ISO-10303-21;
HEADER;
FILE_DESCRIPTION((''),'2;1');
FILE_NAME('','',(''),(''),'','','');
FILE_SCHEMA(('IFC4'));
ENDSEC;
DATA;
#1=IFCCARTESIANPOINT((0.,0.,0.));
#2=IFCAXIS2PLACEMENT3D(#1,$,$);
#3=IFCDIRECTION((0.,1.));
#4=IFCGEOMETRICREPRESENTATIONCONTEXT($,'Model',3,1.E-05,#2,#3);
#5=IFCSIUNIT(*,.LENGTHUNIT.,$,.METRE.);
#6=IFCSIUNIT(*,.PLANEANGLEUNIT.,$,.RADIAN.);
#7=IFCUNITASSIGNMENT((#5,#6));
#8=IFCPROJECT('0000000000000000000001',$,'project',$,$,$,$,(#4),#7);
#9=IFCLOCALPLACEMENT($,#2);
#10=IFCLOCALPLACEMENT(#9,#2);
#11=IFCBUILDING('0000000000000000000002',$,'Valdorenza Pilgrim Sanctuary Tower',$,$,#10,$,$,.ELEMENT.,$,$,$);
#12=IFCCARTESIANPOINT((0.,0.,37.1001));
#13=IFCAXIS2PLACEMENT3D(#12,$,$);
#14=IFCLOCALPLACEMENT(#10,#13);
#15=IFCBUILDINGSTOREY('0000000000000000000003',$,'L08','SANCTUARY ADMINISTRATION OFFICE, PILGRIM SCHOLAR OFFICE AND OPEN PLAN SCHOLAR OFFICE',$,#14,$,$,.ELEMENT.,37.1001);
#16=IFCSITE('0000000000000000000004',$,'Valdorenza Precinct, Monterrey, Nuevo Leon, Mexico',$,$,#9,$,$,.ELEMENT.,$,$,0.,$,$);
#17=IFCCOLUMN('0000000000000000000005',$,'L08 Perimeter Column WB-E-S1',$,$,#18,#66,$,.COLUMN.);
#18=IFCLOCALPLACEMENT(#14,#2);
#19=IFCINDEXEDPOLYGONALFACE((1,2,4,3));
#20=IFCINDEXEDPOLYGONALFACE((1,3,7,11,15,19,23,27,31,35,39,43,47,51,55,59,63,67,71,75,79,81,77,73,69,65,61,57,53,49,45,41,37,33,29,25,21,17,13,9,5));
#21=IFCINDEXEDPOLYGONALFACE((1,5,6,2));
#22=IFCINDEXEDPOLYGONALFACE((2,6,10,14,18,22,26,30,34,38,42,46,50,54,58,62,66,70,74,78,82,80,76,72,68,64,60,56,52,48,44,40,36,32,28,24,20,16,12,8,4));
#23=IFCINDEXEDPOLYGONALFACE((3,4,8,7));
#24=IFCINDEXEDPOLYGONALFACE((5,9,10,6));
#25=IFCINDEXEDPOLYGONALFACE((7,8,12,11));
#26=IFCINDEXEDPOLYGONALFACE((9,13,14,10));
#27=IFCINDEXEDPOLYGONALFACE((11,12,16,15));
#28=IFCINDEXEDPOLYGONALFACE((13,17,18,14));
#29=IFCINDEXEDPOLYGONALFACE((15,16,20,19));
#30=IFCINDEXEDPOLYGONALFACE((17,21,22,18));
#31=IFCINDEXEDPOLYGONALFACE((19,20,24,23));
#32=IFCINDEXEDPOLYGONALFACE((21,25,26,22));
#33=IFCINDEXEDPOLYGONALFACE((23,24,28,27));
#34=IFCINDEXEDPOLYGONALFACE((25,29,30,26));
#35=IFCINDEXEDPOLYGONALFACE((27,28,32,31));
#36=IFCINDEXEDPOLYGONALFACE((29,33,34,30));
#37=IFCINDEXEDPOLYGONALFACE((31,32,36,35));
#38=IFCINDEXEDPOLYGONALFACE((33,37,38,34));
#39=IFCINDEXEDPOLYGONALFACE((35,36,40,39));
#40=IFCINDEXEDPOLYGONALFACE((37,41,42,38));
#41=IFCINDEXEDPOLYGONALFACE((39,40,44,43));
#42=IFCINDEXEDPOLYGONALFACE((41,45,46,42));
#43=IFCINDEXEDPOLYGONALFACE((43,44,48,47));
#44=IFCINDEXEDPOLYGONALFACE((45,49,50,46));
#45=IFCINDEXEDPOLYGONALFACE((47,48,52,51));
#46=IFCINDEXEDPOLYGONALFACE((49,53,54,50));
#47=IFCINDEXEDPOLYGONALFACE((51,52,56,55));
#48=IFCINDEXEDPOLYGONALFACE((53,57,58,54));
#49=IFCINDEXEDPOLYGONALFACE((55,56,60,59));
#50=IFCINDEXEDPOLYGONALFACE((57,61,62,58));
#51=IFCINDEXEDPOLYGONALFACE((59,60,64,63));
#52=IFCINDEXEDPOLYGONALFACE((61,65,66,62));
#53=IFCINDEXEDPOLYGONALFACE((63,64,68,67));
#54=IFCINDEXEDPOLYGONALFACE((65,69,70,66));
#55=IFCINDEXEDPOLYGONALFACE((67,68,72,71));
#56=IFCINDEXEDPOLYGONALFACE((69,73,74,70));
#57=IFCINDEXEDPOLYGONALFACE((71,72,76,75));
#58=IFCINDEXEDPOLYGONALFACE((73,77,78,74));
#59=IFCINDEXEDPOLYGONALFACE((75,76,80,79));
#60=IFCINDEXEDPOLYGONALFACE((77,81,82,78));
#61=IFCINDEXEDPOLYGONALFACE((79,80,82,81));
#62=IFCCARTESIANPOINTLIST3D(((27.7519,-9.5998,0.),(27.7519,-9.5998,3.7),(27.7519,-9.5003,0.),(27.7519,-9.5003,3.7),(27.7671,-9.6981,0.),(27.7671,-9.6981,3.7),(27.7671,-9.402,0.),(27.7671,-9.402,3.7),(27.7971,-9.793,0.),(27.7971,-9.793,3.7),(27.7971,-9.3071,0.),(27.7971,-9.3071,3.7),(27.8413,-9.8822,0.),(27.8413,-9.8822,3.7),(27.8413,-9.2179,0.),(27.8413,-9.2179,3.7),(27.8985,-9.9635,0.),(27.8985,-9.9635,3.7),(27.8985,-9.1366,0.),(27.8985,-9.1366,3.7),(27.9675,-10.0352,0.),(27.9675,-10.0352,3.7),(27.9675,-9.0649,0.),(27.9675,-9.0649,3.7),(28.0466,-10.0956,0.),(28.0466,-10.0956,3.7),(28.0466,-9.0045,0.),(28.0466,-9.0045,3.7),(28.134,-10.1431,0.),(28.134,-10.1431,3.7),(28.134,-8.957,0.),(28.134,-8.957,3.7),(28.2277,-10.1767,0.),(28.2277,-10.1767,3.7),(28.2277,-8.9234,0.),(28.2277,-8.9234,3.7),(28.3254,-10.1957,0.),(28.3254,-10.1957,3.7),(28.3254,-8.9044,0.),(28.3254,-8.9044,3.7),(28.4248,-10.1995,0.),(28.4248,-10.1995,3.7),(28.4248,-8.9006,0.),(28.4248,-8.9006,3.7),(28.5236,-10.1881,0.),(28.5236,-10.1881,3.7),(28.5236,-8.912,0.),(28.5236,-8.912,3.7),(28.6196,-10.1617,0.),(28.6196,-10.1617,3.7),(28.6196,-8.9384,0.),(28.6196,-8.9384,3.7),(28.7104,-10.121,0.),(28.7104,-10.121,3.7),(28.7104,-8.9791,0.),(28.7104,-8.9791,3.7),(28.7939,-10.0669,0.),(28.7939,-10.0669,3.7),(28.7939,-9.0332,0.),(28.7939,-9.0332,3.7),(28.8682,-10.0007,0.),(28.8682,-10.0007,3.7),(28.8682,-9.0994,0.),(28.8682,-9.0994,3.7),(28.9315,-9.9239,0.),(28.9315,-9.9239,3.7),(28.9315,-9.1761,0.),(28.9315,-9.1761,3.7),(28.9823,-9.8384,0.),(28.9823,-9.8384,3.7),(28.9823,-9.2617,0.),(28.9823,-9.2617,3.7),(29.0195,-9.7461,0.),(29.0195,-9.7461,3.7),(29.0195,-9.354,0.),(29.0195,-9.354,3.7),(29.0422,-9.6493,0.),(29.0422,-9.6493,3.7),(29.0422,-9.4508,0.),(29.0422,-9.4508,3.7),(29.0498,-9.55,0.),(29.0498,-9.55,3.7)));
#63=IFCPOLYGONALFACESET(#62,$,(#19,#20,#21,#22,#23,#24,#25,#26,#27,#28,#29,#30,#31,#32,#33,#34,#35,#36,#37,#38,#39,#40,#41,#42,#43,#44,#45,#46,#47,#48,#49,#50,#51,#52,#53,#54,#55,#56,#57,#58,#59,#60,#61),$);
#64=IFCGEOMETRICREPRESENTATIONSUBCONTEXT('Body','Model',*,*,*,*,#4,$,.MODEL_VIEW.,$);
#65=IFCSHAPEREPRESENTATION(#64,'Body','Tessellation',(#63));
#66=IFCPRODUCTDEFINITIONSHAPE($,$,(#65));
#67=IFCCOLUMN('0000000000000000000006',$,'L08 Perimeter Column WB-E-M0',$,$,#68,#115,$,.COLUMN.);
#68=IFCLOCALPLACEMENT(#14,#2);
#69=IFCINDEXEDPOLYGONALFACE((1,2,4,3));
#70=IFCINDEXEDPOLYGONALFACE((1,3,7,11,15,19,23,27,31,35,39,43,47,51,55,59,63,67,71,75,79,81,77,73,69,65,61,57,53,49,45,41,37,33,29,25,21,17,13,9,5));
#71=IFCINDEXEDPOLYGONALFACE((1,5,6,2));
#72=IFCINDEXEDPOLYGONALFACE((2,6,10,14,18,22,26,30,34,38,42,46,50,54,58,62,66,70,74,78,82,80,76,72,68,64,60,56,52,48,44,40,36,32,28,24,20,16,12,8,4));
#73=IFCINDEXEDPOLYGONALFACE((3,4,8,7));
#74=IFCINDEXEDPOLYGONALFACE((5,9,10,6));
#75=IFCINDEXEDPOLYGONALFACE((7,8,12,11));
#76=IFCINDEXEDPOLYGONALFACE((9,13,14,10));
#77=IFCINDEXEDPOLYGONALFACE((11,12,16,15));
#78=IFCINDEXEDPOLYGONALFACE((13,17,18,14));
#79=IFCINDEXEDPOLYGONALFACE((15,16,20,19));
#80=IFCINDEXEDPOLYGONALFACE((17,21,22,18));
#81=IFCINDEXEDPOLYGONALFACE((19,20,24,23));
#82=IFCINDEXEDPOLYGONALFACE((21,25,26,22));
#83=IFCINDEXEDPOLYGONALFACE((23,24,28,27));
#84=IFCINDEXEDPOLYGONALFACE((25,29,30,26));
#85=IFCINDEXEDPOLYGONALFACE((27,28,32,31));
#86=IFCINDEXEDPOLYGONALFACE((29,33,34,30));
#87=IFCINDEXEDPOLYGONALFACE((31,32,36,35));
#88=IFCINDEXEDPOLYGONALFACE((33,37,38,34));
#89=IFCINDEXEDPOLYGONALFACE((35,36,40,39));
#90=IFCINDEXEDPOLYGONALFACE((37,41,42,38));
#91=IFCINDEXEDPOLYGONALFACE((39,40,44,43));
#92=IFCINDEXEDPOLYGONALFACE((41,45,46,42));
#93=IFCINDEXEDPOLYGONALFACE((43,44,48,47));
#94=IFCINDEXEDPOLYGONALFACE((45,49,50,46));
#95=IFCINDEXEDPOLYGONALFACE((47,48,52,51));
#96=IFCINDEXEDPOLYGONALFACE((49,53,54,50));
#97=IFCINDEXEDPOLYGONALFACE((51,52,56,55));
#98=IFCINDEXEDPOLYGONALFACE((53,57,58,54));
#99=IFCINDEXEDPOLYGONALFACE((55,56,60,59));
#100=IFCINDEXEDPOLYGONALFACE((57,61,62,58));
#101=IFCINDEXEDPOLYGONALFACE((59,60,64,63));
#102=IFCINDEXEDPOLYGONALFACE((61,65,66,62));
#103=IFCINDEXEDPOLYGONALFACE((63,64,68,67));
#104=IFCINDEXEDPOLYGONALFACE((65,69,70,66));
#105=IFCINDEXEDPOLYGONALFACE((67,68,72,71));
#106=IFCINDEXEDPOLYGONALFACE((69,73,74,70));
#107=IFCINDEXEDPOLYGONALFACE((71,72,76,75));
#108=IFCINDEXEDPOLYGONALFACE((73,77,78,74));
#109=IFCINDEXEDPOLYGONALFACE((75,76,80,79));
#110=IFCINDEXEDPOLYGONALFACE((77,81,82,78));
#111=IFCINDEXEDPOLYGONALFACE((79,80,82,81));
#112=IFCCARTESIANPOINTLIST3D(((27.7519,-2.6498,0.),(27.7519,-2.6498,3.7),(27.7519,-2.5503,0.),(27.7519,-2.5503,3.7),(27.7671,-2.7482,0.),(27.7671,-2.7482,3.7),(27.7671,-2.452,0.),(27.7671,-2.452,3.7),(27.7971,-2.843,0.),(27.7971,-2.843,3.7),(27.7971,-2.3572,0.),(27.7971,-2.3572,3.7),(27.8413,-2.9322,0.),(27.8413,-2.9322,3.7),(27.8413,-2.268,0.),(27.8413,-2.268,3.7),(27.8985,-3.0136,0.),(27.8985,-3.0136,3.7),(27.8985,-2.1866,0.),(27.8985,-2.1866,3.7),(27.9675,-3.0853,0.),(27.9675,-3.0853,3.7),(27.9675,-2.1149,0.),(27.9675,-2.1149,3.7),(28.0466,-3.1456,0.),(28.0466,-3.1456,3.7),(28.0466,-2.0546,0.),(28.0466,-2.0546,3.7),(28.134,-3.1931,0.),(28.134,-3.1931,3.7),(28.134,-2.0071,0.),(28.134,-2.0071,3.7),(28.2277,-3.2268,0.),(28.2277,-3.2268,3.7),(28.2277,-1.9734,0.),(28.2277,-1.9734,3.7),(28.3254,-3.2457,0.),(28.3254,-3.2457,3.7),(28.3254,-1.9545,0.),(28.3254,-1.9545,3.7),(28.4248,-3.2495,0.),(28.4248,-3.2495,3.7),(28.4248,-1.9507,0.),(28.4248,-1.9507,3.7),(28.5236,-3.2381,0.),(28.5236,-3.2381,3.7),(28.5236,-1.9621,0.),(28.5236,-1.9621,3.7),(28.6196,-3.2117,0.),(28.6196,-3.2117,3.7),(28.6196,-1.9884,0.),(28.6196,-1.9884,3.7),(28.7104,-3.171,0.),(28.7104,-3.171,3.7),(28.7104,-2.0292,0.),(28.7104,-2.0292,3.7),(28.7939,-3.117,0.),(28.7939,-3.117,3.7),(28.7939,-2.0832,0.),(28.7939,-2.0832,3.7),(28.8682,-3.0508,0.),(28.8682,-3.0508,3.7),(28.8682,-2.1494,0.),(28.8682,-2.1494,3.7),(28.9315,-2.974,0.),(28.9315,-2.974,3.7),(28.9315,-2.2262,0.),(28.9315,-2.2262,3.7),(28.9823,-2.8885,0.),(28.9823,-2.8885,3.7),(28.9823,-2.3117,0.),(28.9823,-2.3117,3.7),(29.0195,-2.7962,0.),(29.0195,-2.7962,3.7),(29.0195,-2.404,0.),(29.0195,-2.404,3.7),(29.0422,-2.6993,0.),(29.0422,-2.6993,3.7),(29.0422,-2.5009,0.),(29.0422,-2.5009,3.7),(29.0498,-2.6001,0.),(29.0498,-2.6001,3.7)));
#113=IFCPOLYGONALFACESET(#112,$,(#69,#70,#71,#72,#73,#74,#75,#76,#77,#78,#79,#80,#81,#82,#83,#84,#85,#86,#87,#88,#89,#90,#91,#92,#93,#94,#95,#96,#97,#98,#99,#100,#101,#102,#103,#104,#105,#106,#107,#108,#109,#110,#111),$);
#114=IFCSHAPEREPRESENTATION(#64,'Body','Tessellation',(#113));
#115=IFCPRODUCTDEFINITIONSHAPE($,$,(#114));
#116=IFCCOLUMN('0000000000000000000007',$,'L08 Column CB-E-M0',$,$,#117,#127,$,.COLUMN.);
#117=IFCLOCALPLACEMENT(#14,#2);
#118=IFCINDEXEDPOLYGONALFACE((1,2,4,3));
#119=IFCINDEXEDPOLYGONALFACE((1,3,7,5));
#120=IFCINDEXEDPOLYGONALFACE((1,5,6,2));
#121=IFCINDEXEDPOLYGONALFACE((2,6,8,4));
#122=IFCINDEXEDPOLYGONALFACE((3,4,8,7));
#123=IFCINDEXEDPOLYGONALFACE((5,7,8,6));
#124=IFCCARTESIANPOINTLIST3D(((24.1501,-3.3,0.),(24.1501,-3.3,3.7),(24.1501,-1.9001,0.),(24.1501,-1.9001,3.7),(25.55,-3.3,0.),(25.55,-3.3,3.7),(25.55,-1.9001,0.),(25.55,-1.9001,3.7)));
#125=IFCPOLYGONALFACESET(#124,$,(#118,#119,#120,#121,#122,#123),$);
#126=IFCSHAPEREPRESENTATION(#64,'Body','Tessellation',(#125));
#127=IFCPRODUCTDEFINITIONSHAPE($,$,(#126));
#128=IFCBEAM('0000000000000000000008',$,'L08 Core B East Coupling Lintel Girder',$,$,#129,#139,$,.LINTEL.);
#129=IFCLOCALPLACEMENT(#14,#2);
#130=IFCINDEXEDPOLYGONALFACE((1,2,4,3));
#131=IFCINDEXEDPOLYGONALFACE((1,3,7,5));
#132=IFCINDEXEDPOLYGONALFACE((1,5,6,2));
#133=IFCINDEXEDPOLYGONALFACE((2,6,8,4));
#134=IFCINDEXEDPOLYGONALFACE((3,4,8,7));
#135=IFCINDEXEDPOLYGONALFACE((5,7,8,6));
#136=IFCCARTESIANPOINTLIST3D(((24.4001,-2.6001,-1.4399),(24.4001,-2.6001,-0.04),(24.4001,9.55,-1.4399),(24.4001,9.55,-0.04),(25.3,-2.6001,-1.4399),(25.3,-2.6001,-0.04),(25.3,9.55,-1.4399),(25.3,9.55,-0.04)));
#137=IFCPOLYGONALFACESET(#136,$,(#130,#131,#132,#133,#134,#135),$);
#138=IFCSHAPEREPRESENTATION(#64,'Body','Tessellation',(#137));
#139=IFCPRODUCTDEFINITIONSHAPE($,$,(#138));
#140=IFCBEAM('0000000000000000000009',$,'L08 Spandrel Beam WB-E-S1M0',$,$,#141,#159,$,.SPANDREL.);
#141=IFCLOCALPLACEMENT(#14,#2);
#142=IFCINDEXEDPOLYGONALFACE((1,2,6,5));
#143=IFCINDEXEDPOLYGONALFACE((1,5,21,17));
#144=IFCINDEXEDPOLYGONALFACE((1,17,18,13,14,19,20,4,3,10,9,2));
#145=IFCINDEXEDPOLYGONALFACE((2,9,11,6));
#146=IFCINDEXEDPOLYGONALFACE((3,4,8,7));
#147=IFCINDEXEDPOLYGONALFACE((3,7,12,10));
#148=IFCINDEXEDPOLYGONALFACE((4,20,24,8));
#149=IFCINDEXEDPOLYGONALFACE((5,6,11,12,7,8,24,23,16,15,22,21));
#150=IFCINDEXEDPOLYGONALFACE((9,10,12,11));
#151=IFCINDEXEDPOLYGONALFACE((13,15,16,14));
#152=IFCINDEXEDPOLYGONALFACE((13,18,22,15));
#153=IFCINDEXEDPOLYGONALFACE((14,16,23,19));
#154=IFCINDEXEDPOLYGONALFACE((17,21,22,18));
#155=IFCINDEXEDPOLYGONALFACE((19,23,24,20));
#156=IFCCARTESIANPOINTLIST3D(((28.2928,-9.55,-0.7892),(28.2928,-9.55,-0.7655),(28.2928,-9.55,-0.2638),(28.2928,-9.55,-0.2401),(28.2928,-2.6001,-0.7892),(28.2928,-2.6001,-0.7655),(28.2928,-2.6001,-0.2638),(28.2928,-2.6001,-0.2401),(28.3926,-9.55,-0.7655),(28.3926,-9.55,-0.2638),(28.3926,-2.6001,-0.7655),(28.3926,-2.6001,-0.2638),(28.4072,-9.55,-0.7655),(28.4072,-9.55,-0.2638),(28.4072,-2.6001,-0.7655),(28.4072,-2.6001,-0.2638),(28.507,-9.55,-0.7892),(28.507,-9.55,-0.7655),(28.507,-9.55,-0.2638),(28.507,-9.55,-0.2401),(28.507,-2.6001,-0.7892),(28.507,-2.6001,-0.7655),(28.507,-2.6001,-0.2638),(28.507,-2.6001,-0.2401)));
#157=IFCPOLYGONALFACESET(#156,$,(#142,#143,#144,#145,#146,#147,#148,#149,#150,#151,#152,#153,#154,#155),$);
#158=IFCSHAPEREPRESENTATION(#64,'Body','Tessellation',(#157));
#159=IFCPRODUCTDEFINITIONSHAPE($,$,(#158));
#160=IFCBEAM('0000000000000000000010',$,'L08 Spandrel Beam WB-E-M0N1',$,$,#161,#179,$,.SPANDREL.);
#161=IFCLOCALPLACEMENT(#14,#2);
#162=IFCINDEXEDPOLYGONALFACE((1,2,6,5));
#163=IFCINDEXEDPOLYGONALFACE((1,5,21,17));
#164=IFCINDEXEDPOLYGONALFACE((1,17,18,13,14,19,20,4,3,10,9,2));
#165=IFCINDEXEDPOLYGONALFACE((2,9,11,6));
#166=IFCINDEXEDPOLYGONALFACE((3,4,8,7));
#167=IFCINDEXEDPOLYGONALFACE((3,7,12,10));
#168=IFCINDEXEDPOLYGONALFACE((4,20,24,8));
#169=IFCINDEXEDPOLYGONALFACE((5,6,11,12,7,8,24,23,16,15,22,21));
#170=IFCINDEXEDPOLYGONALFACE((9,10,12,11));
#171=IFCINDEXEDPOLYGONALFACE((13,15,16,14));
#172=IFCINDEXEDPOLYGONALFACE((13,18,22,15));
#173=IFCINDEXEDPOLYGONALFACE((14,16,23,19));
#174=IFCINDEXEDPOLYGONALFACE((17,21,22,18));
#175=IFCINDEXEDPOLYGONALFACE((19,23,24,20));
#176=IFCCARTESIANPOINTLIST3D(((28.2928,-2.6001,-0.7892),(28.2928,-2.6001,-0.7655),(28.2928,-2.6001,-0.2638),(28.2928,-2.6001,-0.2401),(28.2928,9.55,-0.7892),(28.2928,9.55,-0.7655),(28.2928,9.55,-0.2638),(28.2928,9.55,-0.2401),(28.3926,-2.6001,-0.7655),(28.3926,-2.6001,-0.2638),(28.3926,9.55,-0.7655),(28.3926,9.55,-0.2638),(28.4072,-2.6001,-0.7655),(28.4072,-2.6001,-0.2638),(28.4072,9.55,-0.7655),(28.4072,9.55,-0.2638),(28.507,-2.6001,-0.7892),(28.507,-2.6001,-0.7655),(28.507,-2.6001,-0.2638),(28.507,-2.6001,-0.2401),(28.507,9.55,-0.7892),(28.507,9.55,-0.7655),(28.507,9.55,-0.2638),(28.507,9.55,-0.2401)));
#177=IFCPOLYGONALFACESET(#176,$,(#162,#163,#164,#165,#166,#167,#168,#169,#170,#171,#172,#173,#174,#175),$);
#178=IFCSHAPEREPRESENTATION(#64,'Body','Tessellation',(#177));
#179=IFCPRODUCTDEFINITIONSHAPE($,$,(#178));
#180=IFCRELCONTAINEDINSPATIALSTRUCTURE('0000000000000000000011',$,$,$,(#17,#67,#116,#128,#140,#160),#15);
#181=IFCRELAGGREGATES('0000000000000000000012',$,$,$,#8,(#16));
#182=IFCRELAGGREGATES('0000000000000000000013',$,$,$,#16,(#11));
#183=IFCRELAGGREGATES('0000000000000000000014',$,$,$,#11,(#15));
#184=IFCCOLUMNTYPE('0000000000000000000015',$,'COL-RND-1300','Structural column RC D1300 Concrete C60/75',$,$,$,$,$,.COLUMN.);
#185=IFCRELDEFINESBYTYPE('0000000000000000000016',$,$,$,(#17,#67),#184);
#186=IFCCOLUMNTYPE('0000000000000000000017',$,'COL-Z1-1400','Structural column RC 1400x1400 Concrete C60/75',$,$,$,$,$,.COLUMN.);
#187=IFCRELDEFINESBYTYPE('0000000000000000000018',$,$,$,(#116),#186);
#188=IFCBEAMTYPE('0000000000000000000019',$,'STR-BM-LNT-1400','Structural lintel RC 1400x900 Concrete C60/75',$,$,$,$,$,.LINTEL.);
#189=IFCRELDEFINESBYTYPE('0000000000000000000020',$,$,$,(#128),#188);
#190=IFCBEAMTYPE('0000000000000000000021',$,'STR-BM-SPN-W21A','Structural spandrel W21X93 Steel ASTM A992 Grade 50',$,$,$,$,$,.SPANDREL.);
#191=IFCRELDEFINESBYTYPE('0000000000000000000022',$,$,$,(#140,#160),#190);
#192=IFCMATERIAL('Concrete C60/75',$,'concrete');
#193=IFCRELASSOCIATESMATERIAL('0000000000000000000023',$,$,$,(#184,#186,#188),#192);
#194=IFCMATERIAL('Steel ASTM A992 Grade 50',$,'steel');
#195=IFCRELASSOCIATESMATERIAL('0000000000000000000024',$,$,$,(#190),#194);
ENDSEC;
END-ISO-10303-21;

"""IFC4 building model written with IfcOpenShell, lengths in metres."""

from ifc_helpers import new_model, si_unit, direction, frame, origin, origin_2d, place, context, subcontext, project, spatial, rectangle, circle, i_section, extrude, source, transform, mapped, material, material_profile, profile_set, type_object, element, save


model = new_model("IFC4")

# Units and contexts
model_context = context("Model", 3, precision=1e-05, world=origin(), true_north=direction((0.0, 1.0)))
body_context = subcontext(model_context, "Body", "Model", "MODEL_VIEW")
ifc_project = project(units=[si_unit("LENGTHUNIT", "METRE"), si_unit("PLANEANGLEUNIT", "RADIAN")], contexts=[model_context])

# Site, building, storey
site_placement = place(None, origin())
site = spatial("IfcSite", under=ifc_project, at=site_placement, Name="Valdorenza Precinct, Monterrey, Nuevo Leon, Mexico", CompositionType="ELEMENT", RefElevation=0.0)
building_placement = place(site_placement, origin())
building = spatial("IfcBuilding", under=site, at=building_placement, Name="Valdorenza Pilgrim Sanctuary Tower", CompositionType="ELEMENT")
storey_placement = place(building_placement, frame((0.0, 0.0, 37.1001)))
storey = spatial("IfcBuildingStorey", under=building, at=storey_placement, Name="L08", Description="SANCTUARY ADMINISTRATION OFFICE, PILGRIM SCHOLAR OFFICE AND OPEN PLAN SCHOLAR OFFICE", CompositionType="ELEMENT", Elevation=37.1001)

# Columns
ifc_material_1 = material(Name="Concrete C60/75", Category="concrete")
ifc_material_profile_1 = material_profile(ifc_material_1, circle(Radius=0.6499, at=origin_2d()), Name="RC D1300")
ifc_profile_set_1 = profile_set([ifc_material_profile_1], Name="Concrete C60/75")
column_type_1 = type_object("IfcColumnType", Name="COL-RND-1300", Description="Structural column RC D1300 Concrete C60/75", PredefinedType="COLUMN", material=ifc_profile_set_1)
shared_shape_1 = source(origin(), body_context, "Body", "SweptSolid", [
    extrude(circle(Radius=0.6499, at=origin_2d()), origin(), (0.0, 0.0, 1.0), 3.7),
])
for number, where, z_axis, x_axis, name in (
    (1, (28.3999, -9.55, 0.0), (0.0, 0.0, 1.0), (1.0, 0.0, 0.0), "L08 Perimeter Column WB-E-S1"),
    (2, (28.3999, -2.6001, 0.0), (0.0, 0.0, 1.0), (1.0, 0.0, 0.0), "L08 Perimeter Column WB-E-M0"),
):
    element("IfcColumn", number, at=place(storey_placement, frame(where, z_axis=z_axis, x_axis=x_axis)), inside=storey, type_object=column_type_1, Name=name, PredefinedType="COLUMN", context=body_context, shape_type="MappedRepresentation", body=[
        mapped(shared_shape_1, transform((0.0, 0.0, 0.0), x_axis=(1.0, 0.0, 0.0), y_axis=(0.0, 1.0, 0.0), z_axis=(0.0, 0.0, 1.0), scale=1.0)),
    ])
ifc_material_profile_2 = material_profile(ifc_material_1, rectangle(XDim=1.3999, YDim=1.3999, at=origin_2d()), Name="RC 1400x1400")
ifc_profile_set_2 = profile_set([ifc_material_profile_2], Name="Concrete C60/75")
column_type_2 = type_object("IfcColumnType", Name="COL-Z1-1400", Description="Structural column RC 1400x1400 Concrete C60/75", PredefinedType="COLUMN", material=ifc_profile_set_2)
shared_shape_2 = source(origin(), body_context, "Body", "SweptSolid", [
    extrude(rectangle(XDim=1.3999, YDim=1.3999, at=origin_2d()), origin(), (0.0, 0.0, 1.0), 3.7),
])
column_placement = place(storey_placement, frame((24.8501, -2.6001, 0.0), z_axis=(0.0, 0.0, 1.0), x_axis=(1.0, 0.0, 0.0)))
element("IfcColumn", 3, at=column_placement, inside=storey, type_object=column_type_2, Name="L08 Column CB-E-M0", PredefinedType="COLUMN", context=body_context, shape_type="MappedRepresentation", body=[
    mapped(shared_shape_2, transform((0.0, 0.0, 0.0), x_axis=(1.0, 0.0, 0.0), y_axis=(0.0, 1.0, 0.0), z_axis=(0.0, 0.0, 1.0), scale=1.0)),
])

# Beams
ifc_material_profile_3 = material_profile(ifc_material_1, rectangle(XDim=0.8999, YDim=1.3999, at=origin_2d()), Name="RC 1400x900")
ifc_profile_set_3 = profile_set([ifc_material_profile_3], Name="Concrete C60/75")
beam_type_1 = type_object("IfcBeamType", Name="STR-BM-LNT-1400", Description="Structural lintel RC 1400x900 Concrete C60/75", PredefinedType="LINTEL", material=ifc_profile_set_3)
shared_shape_3 = source(origin(), body_context, "Body", "SweptSolid", [
    extrude(rectangle(XDim=0.8999, YDim=1.3999, at=origin_2d()), origin(), (0.0, 0.0, 1.0), 12.1501),
])
beam_1_placement = place(storey_placement, frame((24.8501, -2.6001, -0.74), z_axis=(0.0, 1.0, 0.0), x_axis=(-1.0, 0.0, 0.0)))
element("IfcBeam", 4, at=beam_1_placement, inside=storey, type_object=beam_type_1, Name="L08 Core B East Coupling Lintel Girder", PredefinedType="LINTEL", context=body_context, shape_type="MappedRepresentation", body=[
    mapped(shared_shape_3, transform((0.0, 0.0, 0.0), x_axis=(1.0, 0.0, 0.0), y_axis=(0.0, 1.0, 0.0), z_axis=(0.0, 0.0, 1.0), scale=1.0)),
])
ifc_material_2 = material(Name="Steel ASTM A992 Grade 50", Category="steel")
ifc_material_profile_4 = material_profile(ifc_material_2, i_section(OverallWidth=0.2141, OverallDepth=0.5491, WebThickness=0.0146, FlangeThickness=0.0237, at=origin_2d()), Name="W21X93")
ifc_profile_set_4 = profile_set([ifc_material_profile_4], Name="Steel ASTM A992 Grade 50")
beam_type_2 = type_object("IfcBeamType", Name="STR-BM-SPN-W21A", Description="Structural spandrel W21X93 Steel ASTM A992 Grade 50", PredefinedType="SPANDREL", material=ifc_profile_set_4)
shared_shape_4 = source(origin(), body_context, "Body", "SweptSolid", [
    extrude(i_section(OverallWidth=0.2141, OverallDepth=0.5491, WebThickness=0.0146, FlangeThickness=0.0237, at=origin_2d()), origin(), (0.0, 0.0, 1.0), 6.95),
])
beam_2_placement = place(storey_placement, frame((28.3999, -9.55, -0.5146), z_axis=(0.0, 1.0, 0.0), x_axis=(-1.0, 0.0, 0.0)))
element("IfcBeam", 5, at=beam_2_placement, inside=storey, type_object=beam_type_2, Name="L08 Spandrel Beam WB-E-S1M0", PredefinedType="SPANDREL", context=body_context, shape_type="MappedRepresentation", body=[
    mapped(shared_shape_4, transform((0.0, 0.0, 0.0), x_axis=(1.0, 0.0, 0.0), y_axis=(0.0, 1.0, 0.0), z_axis=(0.0, 0.0, 1.0), scale=1.0)),
])
shared_shape_5 = source(origin(), body_context, "Body", "SweptSolid", [
    extrude(i_section(OverallWidth=0.2141, OverallDepth=0.5491, WebThickness=0.0146, FlangeThickness=0.0237, at=origin_2d()), origin(), (0.0, 0.0, 1.0), 12.1501),
])
beam_3_placement = place(storey_placement, frame((28.3999, -2.6001, -0.5146), z_axis=(0.0, 1.0, 0.0), x_axis=(-1.0, 0.0, 0.0)))
element("IfcBeam", 6, at=beam_3_placement, inside=storey, type_object=beam_type_2, Name="L08 Spandrel Beam WB-E-M0N1", PredefinedType="SPANDREL", context=body_context, shape_type="MappedRepresentation", body=[
    mapped(shared_shape_5, transform((0.0, 0.0, 0.0), x_axis=(1.0, 0.0, 0.0), y_axis=(0.0, 1.0, 0.0), z_axis=(0.0, 0.0, 1.0), scale=1.0)),
])

save(model, "model.ifc")
